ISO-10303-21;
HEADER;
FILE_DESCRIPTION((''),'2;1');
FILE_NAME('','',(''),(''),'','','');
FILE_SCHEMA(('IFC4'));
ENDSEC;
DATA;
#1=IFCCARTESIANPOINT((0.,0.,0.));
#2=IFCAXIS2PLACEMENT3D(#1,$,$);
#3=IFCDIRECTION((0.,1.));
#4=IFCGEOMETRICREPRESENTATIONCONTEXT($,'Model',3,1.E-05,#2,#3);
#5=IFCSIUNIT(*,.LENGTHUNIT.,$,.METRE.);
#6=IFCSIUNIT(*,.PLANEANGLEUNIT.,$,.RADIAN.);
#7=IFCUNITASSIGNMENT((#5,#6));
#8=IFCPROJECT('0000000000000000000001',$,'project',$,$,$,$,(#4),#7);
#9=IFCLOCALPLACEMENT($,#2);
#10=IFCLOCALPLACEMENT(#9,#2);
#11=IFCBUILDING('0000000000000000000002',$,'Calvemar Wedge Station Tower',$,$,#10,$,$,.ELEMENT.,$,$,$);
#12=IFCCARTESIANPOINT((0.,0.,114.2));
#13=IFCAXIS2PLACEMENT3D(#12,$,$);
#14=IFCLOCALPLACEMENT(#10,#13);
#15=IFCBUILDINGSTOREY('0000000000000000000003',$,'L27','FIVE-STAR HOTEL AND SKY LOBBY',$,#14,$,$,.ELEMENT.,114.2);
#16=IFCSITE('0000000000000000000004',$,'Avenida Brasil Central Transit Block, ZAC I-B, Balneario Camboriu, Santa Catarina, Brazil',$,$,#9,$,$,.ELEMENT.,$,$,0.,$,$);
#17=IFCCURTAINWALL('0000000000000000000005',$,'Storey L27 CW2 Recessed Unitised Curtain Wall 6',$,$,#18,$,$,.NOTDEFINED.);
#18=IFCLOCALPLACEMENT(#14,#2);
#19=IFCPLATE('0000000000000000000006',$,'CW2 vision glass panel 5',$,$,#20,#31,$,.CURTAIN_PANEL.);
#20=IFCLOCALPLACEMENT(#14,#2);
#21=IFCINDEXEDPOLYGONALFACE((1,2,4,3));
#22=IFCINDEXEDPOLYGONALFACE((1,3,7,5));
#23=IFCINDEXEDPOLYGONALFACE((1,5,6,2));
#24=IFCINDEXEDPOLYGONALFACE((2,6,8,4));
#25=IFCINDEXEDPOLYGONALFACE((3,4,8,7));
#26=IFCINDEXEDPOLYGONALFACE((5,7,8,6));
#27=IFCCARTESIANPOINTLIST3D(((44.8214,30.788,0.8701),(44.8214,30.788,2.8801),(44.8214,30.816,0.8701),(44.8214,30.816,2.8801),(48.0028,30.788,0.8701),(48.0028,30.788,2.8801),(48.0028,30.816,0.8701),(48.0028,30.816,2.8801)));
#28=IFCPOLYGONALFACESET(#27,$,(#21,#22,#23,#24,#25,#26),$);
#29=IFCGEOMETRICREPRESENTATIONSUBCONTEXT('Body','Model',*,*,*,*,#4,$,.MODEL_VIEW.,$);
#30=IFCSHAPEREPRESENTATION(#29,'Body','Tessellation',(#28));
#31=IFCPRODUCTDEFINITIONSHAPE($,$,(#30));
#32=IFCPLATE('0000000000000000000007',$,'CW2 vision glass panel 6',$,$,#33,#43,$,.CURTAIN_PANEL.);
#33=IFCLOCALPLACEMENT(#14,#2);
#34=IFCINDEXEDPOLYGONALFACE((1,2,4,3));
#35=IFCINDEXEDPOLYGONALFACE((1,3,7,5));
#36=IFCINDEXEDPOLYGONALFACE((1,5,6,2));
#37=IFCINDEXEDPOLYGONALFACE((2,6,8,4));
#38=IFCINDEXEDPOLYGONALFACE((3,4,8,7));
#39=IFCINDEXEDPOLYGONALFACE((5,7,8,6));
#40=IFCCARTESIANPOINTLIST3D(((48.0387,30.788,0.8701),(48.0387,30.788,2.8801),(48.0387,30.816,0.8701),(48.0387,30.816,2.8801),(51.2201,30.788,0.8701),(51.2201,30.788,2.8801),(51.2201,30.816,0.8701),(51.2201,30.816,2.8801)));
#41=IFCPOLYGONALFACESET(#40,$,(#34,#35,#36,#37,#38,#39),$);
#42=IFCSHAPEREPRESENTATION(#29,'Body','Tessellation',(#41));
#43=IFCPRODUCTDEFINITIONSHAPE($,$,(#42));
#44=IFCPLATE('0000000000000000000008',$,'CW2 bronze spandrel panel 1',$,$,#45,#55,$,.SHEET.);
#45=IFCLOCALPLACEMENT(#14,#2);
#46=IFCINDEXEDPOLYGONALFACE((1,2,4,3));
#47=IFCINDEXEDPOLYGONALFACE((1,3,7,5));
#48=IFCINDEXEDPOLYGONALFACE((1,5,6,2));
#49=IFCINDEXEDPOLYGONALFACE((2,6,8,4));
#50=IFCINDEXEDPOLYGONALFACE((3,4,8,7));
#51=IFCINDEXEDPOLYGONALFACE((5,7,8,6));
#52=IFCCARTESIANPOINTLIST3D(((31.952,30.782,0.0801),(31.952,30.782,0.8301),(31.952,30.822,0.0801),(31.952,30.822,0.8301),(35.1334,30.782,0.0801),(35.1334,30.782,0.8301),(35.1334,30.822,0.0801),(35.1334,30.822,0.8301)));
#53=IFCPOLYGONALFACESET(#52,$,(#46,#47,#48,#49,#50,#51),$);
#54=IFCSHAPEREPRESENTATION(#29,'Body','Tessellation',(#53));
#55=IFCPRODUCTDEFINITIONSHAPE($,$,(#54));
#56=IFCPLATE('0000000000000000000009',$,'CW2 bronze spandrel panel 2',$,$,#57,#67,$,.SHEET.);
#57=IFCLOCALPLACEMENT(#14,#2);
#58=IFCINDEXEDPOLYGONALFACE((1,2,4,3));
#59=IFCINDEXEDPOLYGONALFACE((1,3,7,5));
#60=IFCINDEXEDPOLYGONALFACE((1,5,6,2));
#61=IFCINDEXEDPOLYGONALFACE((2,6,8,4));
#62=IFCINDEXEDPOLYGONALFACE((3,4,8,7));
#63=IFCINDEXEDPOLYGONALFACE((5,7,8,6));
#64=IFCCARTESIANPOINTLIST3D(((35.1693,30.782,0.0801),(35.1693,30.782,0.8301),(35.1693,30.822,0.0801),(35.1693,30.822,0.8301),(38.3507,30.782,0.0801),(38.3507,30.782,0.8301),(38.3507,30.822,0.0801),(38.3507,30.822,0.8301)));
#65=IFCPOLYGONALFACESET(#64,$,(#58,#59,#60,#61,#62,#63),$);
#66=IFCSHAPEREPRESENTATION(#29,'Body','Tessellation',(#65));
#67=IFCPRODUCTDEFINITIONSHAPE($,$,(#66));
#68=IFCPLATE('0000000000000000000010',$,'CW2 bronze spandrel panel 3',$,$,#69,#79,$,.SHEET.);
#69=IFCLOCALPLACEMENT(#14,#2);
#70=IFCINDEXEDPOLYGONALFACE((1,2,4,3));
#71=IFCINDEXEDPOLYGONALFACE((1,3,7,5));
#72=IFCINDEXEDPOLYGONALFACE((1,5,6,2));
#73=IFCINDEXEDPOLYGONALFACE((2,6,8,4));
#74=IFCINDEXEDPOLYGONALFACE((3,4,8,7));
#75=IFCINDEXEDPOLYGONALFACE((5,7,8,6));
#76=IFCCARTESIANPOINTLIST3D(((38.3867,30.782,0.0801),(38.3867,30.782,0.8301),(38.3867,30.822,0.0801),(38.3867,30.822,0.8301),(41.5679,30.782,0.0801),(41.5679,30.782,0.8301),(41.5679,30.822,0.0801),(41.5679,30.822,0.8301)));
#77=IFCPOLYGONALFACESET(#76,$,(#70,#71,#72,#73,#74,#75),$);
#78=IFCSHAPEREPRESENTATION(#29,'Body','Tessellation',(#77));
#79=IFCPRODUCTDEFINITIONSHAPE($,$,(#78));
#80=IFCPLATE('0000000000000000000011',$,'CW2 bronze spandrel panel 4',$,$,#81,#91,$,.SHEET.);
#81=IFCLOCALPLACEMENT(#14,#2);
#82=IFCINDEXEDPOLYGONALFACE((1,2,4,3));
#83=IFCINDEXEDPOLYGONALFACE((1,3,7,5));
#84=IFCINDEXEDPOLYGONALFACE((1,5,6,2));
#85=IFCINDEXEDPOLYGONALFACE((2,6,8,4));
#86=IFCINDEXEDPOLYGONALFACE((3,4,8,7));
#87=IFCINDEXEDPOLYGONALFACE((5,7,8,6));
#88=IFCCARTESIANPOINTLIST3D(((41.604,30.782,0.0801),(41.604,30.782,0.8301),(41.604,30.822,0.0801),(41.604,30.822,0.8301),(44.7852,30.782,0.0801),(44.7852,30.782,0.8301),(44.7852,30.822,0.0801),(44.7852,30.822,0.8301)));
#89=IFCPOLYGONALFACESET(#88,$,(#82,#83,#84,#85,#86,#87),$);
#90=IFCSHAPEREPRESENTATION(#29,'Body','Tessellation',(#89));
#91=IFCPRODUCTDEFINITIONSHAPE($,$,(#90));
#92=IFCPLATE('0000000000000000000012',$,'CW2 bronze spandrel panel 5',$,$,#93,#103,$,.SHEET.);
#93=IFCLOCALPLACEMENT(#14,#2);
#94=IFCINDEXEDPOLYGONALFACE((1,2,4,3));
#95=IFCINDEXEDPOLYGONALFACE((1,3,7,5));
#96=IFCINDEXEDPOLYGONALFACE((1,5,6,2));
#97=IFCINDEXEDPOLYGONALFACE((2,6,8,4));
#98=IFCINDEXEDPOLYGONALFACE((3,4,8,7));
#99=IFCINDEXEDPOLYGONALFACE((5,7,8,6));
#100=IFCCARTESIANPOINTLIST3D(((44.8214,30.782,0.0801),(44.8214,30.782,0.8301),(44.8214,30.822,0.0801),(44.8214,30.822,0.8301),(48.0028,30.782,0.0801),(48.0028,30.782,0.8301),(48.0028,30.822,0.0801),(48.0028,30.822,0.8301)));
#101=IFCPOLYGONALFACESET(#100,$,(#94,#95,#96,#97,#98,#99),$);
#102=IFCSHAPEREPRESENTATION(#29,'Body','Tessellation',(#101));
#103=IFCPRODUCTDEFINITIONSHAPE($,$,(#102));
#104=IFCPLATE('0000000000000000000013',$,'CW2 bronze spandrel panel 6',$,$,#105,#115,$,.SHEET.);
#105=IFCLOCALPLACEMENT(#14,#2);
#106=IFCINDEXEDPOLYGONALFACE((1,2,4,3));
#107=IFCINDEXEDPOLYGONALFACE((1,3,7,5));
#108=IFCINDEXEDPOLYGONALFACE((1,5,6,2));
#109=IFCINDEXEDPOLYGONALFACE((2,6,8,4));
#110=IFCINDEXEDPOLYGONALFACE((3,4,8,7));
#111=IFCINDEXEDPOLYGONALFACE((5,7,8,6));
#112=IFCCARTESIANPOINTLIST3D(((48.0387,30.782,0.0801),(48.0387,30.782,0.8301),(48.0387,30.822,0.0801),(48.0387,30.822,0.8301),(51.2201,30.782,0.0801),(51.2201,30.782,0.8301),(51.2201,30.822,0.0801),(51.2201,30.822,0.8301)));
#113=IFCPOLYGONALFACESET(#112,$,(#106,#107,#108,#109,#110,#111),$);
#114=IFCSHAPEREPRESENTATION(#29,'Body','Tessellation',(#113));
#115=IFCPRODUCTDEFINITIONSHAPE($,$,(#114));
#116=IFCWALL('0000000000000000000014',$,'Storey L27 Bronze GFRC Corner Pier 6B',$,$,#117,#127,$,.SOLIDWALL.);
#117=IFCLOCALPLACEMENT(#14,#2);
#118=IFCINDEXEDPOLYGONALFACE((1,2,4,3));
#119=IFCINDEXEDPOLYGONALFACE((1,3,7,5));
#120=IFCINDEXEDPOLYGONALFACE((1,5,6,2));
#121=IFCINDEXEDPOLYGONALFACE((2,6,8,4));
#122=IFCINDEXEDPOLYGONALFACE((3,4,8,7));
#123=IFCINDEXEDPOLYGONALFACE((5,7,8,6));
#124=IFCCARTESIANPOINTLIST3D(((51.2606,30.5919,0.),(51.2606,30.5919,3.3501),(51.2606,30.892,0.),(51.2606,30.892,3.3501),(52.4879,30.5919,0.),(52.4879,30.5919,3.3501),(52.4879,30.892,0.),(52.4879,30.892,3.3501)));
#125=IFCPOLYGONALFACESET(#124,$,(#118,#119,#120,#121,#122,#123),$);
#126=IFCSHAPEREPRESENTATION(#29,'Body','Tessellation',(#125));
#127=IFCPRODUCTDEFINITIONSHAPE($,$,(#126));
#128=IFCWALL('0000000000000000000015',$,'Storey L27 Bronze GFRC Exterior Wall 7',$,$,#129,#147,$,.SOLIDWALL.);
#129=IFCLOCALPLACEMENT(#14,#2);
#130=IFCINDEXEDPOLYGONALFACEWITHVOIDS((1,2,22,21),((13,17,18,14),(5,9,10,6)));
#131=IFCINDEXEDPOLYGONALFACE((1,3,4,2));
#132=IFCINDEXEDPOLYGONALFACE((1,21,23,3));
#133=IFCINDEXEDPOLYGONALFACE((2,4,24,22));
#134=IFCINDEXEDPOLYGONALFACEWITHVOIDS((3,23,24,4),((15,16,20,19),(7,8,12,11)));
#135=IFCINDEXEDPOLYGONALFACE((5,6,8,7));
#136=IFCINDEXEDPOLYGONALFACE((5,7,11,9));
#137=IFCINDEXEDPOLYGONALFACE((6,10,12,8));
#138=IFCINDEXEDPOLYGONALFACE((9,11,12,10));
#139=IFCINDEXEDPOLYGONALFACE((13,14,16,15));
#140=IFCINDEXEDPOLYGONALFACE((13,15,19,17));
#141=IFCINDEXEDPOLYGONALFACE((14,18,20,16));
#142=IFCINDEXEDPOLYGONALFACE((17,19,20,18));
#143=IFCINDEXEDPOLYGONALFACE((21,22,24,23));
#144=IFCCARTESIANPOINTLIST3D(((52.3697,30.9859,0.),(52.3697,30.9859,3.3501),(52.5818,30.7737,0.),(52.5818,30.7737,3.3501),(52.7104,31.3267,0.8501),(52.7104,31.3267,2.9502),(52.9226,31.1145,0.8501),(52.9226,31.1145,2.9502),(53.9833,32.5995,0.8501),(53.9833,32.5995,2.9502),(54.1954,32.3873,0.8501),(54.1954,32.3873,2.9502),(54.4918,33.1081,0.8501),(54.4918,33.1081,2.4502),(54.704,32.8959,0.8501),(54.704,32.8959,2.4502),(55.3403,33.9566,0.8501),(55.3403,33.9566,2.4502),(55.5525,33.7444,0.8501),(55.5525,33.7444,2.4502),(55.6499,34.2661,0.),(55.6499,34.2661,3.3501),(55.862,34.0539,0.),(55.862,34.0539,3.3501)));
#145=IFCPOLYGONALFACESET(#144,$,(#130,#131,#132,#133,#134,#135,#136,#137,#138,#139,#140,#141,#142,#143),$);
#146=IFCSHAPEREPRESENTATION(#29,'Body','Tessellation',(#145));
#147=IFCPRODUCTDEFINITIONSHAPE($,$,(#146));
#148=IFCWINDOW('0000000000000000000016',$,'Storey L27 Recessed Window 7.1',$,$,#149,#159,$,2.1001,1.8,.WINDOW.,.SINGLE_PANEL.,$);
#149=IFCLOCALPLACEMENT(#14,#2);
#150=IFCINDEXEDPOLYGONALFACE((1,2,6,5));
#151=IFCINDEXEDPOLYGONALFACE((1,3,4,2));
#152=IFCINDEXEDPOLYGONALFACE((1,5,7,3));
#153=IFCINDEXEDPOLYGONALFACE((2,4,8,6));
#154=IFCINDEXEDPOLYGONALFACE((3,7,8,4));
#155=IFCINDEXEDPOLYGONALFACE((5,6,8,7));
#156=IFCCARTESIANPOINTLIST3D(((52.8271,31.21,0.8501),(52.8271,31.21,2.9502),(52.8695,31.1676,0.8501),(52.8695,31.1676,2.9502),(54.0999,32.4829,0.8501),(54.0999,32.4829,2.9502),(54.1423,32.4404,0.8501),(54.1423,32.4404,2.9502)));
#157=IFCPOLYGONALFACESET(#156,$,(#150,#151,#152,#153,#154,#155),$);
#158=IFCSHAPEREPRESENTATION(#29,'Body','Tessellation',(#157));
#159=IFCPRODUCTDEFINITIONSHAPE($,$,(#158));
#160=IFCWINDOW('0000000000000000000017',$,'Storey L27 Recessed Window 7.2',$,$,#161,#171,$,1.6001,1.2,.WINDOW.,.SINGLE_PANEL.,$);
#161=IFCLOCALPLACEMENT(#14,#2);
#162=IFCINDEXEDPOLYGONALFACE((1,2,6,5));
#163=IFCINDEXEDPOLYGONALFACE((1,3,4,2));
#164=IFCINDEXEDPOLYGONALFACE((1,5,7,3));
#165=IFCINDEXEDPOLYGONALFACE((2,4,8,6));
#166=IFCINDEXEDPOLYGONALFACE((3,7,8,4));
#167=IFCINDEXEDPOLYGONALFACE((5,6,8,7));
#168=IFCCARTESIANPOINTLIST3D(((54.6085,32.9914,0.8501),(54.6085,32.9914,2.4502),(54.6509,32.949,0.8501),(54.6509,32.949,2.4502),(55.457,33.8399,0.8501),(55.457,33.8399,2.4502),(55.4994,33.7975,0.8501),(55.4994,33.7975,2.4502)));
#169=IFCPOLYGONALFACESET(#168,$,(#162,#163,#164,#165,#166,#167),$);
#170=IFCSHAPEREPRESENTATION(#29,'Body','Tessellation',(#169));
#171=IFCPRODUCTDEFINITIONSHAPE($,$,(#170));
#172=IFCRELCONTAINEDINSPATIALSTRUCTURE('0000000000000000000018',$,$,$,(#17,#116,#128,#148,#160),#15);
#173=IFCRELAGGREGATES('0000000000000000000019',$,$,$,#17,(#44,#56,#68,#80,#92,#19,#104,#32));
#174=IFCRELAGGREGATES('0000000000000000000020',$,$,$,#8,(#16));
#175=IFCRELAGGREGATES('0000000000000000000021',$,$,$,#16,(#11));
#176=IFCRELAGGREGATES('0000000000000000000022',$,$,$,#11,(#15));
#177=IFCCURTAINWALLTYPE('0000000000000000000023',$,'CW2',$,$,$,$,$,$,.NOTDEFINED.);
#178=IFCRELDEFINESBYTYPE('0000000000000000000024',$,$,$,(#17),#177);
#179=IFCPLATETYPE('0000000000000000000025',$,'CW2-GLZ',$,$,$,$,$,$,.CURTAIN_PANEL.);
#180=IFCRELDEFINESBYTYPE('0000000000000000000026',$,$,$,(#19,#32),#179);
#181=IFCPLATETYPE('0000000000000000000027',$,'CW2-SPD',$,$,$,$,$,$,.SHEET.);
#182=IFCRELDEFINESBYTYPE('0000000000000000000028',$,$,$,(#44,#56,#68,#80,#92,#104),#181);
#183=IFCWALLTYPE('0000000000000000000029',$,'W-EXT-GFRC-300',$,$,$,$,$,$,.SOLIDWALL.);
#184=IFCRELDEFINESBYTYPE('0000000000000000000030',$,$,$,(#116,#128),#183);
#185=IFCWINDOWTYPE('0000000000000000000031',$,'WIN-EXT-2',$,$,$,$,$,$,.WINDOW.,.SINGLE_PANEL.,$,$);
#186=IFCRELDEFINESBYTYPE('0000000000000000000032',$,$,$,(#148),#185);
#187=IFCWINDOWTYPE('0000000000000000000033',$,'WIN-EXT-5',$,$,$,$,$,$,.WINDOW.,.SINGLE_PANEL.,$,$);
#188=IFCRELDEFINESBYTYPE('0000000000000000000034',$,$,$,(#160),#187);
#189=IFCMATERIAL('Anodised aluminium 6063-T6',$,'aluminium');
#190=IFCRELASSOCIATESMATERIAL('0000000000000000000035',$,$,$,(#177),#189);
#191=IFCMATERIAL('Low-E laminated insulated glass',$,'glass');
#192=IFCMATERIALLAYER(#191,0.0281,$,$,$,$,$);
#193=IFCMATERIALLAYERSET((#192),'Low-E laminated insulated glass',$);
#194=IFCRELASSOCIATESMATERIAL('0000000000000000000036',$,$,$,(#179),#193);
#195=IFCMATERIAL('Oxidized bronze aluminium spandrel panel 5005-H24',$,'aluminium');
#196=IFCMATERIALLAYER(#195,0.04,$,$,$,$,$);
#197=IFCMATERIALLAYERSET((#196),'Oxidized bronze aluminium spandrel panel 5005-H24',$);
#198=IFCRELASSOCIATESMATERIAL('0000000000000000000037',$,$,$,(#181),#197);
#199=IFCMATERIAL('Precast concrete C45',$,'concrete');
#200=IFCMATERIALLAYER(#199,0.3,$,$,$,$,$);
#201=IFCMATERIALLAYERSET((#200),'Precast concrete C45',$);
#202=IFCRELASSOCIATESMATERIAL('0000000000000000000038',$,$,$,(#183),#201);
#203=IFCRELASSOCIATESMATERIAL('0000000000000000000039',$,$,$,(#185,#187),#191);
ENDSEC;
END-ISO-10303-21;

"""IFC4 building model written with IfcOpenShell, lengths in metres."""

from ifc_helpers import new_model, si_unit, direction, frame, frame_2d, origin, place, context, subcontext, project, spatial, rectangle, extrude, source, transform, mapped, material, layer, layer_set, type_object, element, fill, aggregate, save


model = new_model("IFC4")

# Units and contexts
model_context = context("Model", 3, precision=1e-05, world=origin(), true_north=direction((0.0, 1.0)))
body_context = subcontext(model_context, "Body", "Model", "MODEL_VIEW")
ifc_project = project(units=[si_unit("LENGTHUNIT", "METRE"), si_unit("PLANEANGLEUNIT", "RADIAN")], contexts=[model_context])

# Site, building, storey
site_placement = place(None, origin())
site = spatial("IfcSite", under=ifc_project, at=site_placement, Name="Avenida Brasil Central Transit Block, ZAC I-B, Balneario Camboriu, Santa Catarina, Brazil", CompositionType="ELEMENT", RefElevation=0.0)
building_placement = place(site_placement, origin())
building = spatial("IfcBuilding", under=site, at=building_placement, Name="Calvemar Wedge Station Tower", CompositionType="ELEMENT")
storey_placement = place(building_placement, frame((0.0, 0.0, 114.2)))
storey = spatial("IfcBuildingStorey", under=building, at=storey_placement, Name="L27", Description="FIVE-STAR HOTEL AND SKY LOBBY", CompositionType="ELEMENT", Elevation=114.2)

# Curtain wall, plates
ifc_material_1 = material(Name="Anodised aluminium 6063-T6", Category="aluminium")
curtain_wall_type = type_object("IfcCurtainWallType", Name="CW2", PredefinedType="NOTDEFINED", material=ifc_material_1)
curtain_wall_placement = place(storey_placement, origin())
curtain_wall = element("IfcCurtainWall", 1, at=curtain_wall_placement, inside=storey, type_object=curtain_wall_type, Name="Storey L27 CW2 Recessed Unitised Curtain Wall 6", PredefinedType="NOTDEFINED")
ifc_material_2 = material(Name="Low-E laminated insulated glass", Category="glass")
ifc_layer_1 = layer(ifc_material_2, 0.0281)
ifc_layer_set_1 = layer_set([ifc_layer_1], Name="Low-E laminated insulated glass")
plate_type_1 = type_object("IfcPlateType", Name="CW2-GLZ", PredefinedType="CURTAIN_PANEL", material=ifc_layer_set_1)
plate_1_placement = place(storey_placement, frame((44.8213, 30.802, 0.8701), z_axis=(0.0, 0.0, 1.0), x_axis=(1.0, 0.0, 0.0)))
plate_1 = element("IfcPlate", 2, at=plate_1_placement, type_object=plate_type_1, Name="CW2 vision glass panel 5", PredefinedType="CURTAIN_PANEL", context=body_context, shape_type="SweptSolid", body=[
    extrude(rectangle(XDim=3.1814, YDim=0.0281, at=frame_2d((1.5908, 0.0))), origin(), (0.0, 0.0, 1.0), 2.01),
])
plate_2_placement = place(storey_placement, frame((48.0386, 30.802, 0.8701), z_axis=(0.0, 0.0, 1.0), x_axis=(1.0, 0.0, 0.0)))
plate_2 = element("IfcPlate", 3, at=plate_2_placement, type_object=plate_type_1, Name="CW2 vision glass panel 6", PredefinedType="CURTAIN_PANEL", context=body_context, shape_type="SweptSolid", body=[
    extrude(rectangle(XDim=3.1814, YDim=0.0281, at=frame_2d((1.5908, 0.0))), origin(), (0.0, 0.0, 1.0), 2.01),
])
ifc_material_3 = material(Name="Oxidized bronze aluminium spandrel panel 5005-H24", Category="aluminium")
ifc_layer_2 = layer(ifc_material_3, 0.04)
ifc_layer_set_2 = layer_set([ifc_layer_2], Name="Oxidized bronze aluminium spandrel panel 5005-H24")
plate_type_2 = type_object("IfcPlateType", Name="CW2-SPD", PredefinedType="SHEET", material=ifc_layer_set_2)
plate_3_placement = place(storey_placement, frame((31.9519, 30.802, 0.0801), z_axis=(0.0, 0.0, 1.0), x_axis=(1.0, 0.0, 0.0)))
plate_3 = element("IfcPlate", 4, at=plate_3_placement, type_object=plate_type_2, Name="CW2 bronze spandrel panel 1", PredefinedType="SHEET", context=body_context, shape_type="SweptSolid", body=[
    extrude(rectangle(XDim=3.1814, YDim=0.04, at=frame_2d((1.5908, 0.0))), origin(), (0.0, 0.0, 1.0), 0.75),
])
plate_4_placement = place(storey_placement, frame((35.1692, 30.802, 0.0801), z_axis=(0.0, 0.0, 1.0), x_axis=(1.0, 0.0, 0.0)))
plate_4 = element("IfcPlate", 5, at=plate_4_placement, type_object=plate_type_2, Name="CW2 bronze spandrel panel 2", PredefinedType="SHEET", context=body_context, shape_type="SweptSolid", body=[
    extrude(rectangle(XDim=3.1814, YDim=0.04, at=frame_2d((1.5908, 0.0))), origin(), (0.0, 0.0, 1.0), 0.75),
])
plate_5_placement = place(storey_placement, frame((38.3867, 30.802, 0.0801), z_axis=(0.0, 0.0, 1.0), x_axis=(1.0, 0.0, 0.0)))
plate_5 = element("IfcPlate", 6, at=plate_5_placement, type_object=plate_type_2, Name="CW2 bronze spandrel panel 3", PredefinedType="SHEET", context=body_context, shape_type="SweptSolid", body=[
    extrude(rectangle(XDim=3.1812, YDim=0.04, at=frame_2d((1.5906, 0.0))), origin(), (0.0, 0.0, 1.0), 0.75),
])
plate_6_placement = place(storey_placement, frame((41.604, 30.802, 0.0801), z_axis=(0.0, 0.0, 1.0), x_axis=(1.0, 0.0, 0.0)))
plate_6 = element("IfcPlate", 7, at=plate_6_placement, type_object=plate_type_2, Name="CW2 bronze spandrel panel 4", PredefinedType="SHEET", context=body_context, shape_type="SweptSolid", body=[
    extrude(rectangle(XDim=3.1812, YDim=0.04, at=frame_2d((1.5906, 0.0))), origin(), (0.0, 0.0, 1.0), 0.75),
])
plate_7_placement = place(storey_placement, frame((44.8213, 30.802, 0.0801), z_axis=(0.0, 0.0, 1.0), x_axis=(1.0, 0.0, 0.0)))
plate_7 = element("IfcPlate", 8, at=plate_7_placement, type_object=plate_type_2, Name="CW2 bronze spandrel panel 5", PredefinedType="SHEET", context=body_context, shape_type="SweptSolid", body=[
    extrude(rectangle(XDim=3.1814, YDim=0.04, at=frame_2d((1.5908, 0.0))), origin(), (0.0, 0.0, 1.0), 0.75),
])
plate_8_placement = place(storey_placement, frame((48.0386, 30.802, 0.0801), z_axis=(0.0, 0.0, 1.0), x_axis=(1.0, 0.0, 0.0)))
plate_8 = element("IfcPlate", 9, at=plate_8_placement, type_object=plate_type_2, Name="CW2 bronze spandrel panel 6", PredefinedType="SHEET", context=body_context, shape_type="SweptSolid", body=[
    extrude(rectangle(XDim=3.1814, YDim=0.04, at=frame_2d((1.5908, 0.0))), origin(), (0.0, 0.0, 1.0), 0.75),
])
aggregate(curtain_wall, [plate_3, plate_4, plate_5, plate_6, plate_7, plate_1, plate_8, plate_2])

# Wall
ifc_material_4 = material(Name="Precast concrete C45", Category="concrete")
ifc_layer_3 = layer(ifc_material_4, 0.3)
ifc_layer_set_3 = layer_set([ifc_layer_3], Name="Precast concrete C45")
wall_type_1 = type_object("IfcWallType", Name="W-EXT-GFRC-300", PredefinedType="SOLIDWALL", material=ifc_layer_set_3)
wall_1_placement = place(storey_placement, frame((51.2605, 30.7419, 0.0), z_axis=(0.0, 0.0, 1.0), x_axis=(1.0, 0.0, 0.0)))
element("IfcWall", 10, at=wall_1_placement, inside=storey, type_object=wall_type_1, Name="Storey L27 Bronze GFRC Corner Pier 6B", PredefinedType="SOLIDWALL", context=body_context, shape_type="SweptSolid", body=[
    extrude(rectangle(XDim=1.2273, YDim=0.3, at=frame_2d((0.6138, 0.0))), origin(), (0.0, 0.0, 1.0), 3.3501),
])

# Wall, openings, windows
wall_2_placement = place(storey_placement, frame((52.4758, 30.8799, 0.0), z_axis=(0.0, 0.0, 1.0), x_axis=(0.707107, 0.707107, 0.0)))
wall_2 = element("IfcWall", 11, at=wall_2_placement, inside=storey, type_object=wall_type_1, Name="Storey L27 Bronze GFRC Exterior Wall 7", PredefinedType="SOLIDWALL", context=body_context, shape_type="SweptSolid", body=[
    extrude(rectangle(XDim=4.6389, YDim=0.3, at=frame_2d((2.3193, 0.0))), origin(), (0.0, 0.0, 1.0), 3.3501),
])
shared_shape_1 = source(origin(), body_context, "Body", "SweptSolid", [
    extrude(rectangle(XDim=1.8, YDim=2.1001, at=frame_2d((0.8999, 1.05))), frame((0.0, 0.1602, 0.0), z_axis=(0.0, -1.0, 0.0), x_axis=(1.0, 0.0, 0.0)), (0.0, 0.0, 1.0), 0.3201),
])
opening_1_placement = place(wall_2_placement, frame((0.4819, 0.0, 0.8501)))
opening_1 = element("IfcOpeningElement", 12, at=opening_1_placement, cuts=wall_2, PredefinedType="OPENING", context=body_context, shape_type="MappedRepresentation", body=[
    mapped(shared_shape_1, transform((0.0, 0.0, 0.0), scale=1.0)),
])
shared_shape_2 = source(origin(), body_context, "Body", "SweptSolid", [
    extrude(rectangle(XDim=1.2, YDim=1.6001, at=frame_2d((0.6001, 0.8))), frame((0.0, 0.1602, 0.0), z_axis=(0.0, -1.0, 0.0), x_axis=(1.0, 0.0, 0.0)), (0.0, 0.0, 1.0), 0.3201),
])
opening_2_placement = place(wall_2_placement, frame((3.001, 0.0, 0.8501)))
opening_2 = element("IfcOpeningElement", 13, at=opening_2_placement, cuts=wall_2, PredefinedType="OPENING", context=body_context, shape_type="MappedRepresentation", body=[
    mapped(shared_shape_2, transform((0.0, 0.0, 0.0), scale=1.0)),
])
window_type_1 = type_object("IfcWindowType", Name="WIN-EXT-2", PartitioningType="SINGLE_PANEL", PredefinedType="WINDOW", material=ifc_material_2)
shared_shape_3 = source(origin(), body_context, "Body", "SweptSolid", [
    extrude(rectangle(XDim=1.8, YDim=2.1001, at=frame_2d((0.8999, 1.05))), frame((0.0, -0.0149, 0.0), z_axis=(0.0, -1.0, 0.0), x_axis=(1.0, 0.0, 0.0)), (0.0, 0.0, 1.0), 0.0601),
])
window_1_placement = place(opening_1_placement, origin())
window_1 = element("IfcWindow", 14, at=window_1_placement, inside=storey, type_object=window_type_1, Name="Storey L27 Recessed Window 7.1", OverallHeight=2.1001, OverallWidth=1.8, PartitioningType="SINGLE_PANEL", PredefinedType="WINDOW", context=body_context, shape_type="MappedRepresentation", body=[
    mapped(shared_shape_3, transform((0.0, 0.0, 0.0), scale=1.0)),
])
fill(opening_1, window_1)
window_type_2 = type_object("IfcWindowType", Name="WIN-EXT-5", PartitioningType="SINGLE_PANEL", PredefinedType="WINDOW", material=ifc_material_2)
shared_shape_4 = source(origin(), body_context, "Body", "SweptSolid", [
    extrude(rectangle(XDim=1.2, YDim=1.6001, at=frame_2d((0.6001, 0.8))), frame((0.0, -0.0149, 0.0), z_axis=(0.0, -1.0, 0.0), x_axis=(1.0, 0.0, 0.0)), (0.0, 0.0, 1.0), 0.0601),
])
window_2_placement = place(opening_2_placement, origin())
window_2 = element("IfcWindow", 15, at=window_2_placement, inside=storey, type_object=window_type_2, Name="Storey L27 Recessed Window 7.2", OverallHeight=1.6001, OverallWidth=1.2, PartitioningType="SINGLE_PANEL", PredefinedType="WINDOW", context=body_context, shape_type="MappedRepresentation", body=[
    mapped(shared_shape_4, transform((0.0, 0.0, 0.0), scale=1.0)),
])
fill(opening_2, window_2)

save(model, "model.ifc")
